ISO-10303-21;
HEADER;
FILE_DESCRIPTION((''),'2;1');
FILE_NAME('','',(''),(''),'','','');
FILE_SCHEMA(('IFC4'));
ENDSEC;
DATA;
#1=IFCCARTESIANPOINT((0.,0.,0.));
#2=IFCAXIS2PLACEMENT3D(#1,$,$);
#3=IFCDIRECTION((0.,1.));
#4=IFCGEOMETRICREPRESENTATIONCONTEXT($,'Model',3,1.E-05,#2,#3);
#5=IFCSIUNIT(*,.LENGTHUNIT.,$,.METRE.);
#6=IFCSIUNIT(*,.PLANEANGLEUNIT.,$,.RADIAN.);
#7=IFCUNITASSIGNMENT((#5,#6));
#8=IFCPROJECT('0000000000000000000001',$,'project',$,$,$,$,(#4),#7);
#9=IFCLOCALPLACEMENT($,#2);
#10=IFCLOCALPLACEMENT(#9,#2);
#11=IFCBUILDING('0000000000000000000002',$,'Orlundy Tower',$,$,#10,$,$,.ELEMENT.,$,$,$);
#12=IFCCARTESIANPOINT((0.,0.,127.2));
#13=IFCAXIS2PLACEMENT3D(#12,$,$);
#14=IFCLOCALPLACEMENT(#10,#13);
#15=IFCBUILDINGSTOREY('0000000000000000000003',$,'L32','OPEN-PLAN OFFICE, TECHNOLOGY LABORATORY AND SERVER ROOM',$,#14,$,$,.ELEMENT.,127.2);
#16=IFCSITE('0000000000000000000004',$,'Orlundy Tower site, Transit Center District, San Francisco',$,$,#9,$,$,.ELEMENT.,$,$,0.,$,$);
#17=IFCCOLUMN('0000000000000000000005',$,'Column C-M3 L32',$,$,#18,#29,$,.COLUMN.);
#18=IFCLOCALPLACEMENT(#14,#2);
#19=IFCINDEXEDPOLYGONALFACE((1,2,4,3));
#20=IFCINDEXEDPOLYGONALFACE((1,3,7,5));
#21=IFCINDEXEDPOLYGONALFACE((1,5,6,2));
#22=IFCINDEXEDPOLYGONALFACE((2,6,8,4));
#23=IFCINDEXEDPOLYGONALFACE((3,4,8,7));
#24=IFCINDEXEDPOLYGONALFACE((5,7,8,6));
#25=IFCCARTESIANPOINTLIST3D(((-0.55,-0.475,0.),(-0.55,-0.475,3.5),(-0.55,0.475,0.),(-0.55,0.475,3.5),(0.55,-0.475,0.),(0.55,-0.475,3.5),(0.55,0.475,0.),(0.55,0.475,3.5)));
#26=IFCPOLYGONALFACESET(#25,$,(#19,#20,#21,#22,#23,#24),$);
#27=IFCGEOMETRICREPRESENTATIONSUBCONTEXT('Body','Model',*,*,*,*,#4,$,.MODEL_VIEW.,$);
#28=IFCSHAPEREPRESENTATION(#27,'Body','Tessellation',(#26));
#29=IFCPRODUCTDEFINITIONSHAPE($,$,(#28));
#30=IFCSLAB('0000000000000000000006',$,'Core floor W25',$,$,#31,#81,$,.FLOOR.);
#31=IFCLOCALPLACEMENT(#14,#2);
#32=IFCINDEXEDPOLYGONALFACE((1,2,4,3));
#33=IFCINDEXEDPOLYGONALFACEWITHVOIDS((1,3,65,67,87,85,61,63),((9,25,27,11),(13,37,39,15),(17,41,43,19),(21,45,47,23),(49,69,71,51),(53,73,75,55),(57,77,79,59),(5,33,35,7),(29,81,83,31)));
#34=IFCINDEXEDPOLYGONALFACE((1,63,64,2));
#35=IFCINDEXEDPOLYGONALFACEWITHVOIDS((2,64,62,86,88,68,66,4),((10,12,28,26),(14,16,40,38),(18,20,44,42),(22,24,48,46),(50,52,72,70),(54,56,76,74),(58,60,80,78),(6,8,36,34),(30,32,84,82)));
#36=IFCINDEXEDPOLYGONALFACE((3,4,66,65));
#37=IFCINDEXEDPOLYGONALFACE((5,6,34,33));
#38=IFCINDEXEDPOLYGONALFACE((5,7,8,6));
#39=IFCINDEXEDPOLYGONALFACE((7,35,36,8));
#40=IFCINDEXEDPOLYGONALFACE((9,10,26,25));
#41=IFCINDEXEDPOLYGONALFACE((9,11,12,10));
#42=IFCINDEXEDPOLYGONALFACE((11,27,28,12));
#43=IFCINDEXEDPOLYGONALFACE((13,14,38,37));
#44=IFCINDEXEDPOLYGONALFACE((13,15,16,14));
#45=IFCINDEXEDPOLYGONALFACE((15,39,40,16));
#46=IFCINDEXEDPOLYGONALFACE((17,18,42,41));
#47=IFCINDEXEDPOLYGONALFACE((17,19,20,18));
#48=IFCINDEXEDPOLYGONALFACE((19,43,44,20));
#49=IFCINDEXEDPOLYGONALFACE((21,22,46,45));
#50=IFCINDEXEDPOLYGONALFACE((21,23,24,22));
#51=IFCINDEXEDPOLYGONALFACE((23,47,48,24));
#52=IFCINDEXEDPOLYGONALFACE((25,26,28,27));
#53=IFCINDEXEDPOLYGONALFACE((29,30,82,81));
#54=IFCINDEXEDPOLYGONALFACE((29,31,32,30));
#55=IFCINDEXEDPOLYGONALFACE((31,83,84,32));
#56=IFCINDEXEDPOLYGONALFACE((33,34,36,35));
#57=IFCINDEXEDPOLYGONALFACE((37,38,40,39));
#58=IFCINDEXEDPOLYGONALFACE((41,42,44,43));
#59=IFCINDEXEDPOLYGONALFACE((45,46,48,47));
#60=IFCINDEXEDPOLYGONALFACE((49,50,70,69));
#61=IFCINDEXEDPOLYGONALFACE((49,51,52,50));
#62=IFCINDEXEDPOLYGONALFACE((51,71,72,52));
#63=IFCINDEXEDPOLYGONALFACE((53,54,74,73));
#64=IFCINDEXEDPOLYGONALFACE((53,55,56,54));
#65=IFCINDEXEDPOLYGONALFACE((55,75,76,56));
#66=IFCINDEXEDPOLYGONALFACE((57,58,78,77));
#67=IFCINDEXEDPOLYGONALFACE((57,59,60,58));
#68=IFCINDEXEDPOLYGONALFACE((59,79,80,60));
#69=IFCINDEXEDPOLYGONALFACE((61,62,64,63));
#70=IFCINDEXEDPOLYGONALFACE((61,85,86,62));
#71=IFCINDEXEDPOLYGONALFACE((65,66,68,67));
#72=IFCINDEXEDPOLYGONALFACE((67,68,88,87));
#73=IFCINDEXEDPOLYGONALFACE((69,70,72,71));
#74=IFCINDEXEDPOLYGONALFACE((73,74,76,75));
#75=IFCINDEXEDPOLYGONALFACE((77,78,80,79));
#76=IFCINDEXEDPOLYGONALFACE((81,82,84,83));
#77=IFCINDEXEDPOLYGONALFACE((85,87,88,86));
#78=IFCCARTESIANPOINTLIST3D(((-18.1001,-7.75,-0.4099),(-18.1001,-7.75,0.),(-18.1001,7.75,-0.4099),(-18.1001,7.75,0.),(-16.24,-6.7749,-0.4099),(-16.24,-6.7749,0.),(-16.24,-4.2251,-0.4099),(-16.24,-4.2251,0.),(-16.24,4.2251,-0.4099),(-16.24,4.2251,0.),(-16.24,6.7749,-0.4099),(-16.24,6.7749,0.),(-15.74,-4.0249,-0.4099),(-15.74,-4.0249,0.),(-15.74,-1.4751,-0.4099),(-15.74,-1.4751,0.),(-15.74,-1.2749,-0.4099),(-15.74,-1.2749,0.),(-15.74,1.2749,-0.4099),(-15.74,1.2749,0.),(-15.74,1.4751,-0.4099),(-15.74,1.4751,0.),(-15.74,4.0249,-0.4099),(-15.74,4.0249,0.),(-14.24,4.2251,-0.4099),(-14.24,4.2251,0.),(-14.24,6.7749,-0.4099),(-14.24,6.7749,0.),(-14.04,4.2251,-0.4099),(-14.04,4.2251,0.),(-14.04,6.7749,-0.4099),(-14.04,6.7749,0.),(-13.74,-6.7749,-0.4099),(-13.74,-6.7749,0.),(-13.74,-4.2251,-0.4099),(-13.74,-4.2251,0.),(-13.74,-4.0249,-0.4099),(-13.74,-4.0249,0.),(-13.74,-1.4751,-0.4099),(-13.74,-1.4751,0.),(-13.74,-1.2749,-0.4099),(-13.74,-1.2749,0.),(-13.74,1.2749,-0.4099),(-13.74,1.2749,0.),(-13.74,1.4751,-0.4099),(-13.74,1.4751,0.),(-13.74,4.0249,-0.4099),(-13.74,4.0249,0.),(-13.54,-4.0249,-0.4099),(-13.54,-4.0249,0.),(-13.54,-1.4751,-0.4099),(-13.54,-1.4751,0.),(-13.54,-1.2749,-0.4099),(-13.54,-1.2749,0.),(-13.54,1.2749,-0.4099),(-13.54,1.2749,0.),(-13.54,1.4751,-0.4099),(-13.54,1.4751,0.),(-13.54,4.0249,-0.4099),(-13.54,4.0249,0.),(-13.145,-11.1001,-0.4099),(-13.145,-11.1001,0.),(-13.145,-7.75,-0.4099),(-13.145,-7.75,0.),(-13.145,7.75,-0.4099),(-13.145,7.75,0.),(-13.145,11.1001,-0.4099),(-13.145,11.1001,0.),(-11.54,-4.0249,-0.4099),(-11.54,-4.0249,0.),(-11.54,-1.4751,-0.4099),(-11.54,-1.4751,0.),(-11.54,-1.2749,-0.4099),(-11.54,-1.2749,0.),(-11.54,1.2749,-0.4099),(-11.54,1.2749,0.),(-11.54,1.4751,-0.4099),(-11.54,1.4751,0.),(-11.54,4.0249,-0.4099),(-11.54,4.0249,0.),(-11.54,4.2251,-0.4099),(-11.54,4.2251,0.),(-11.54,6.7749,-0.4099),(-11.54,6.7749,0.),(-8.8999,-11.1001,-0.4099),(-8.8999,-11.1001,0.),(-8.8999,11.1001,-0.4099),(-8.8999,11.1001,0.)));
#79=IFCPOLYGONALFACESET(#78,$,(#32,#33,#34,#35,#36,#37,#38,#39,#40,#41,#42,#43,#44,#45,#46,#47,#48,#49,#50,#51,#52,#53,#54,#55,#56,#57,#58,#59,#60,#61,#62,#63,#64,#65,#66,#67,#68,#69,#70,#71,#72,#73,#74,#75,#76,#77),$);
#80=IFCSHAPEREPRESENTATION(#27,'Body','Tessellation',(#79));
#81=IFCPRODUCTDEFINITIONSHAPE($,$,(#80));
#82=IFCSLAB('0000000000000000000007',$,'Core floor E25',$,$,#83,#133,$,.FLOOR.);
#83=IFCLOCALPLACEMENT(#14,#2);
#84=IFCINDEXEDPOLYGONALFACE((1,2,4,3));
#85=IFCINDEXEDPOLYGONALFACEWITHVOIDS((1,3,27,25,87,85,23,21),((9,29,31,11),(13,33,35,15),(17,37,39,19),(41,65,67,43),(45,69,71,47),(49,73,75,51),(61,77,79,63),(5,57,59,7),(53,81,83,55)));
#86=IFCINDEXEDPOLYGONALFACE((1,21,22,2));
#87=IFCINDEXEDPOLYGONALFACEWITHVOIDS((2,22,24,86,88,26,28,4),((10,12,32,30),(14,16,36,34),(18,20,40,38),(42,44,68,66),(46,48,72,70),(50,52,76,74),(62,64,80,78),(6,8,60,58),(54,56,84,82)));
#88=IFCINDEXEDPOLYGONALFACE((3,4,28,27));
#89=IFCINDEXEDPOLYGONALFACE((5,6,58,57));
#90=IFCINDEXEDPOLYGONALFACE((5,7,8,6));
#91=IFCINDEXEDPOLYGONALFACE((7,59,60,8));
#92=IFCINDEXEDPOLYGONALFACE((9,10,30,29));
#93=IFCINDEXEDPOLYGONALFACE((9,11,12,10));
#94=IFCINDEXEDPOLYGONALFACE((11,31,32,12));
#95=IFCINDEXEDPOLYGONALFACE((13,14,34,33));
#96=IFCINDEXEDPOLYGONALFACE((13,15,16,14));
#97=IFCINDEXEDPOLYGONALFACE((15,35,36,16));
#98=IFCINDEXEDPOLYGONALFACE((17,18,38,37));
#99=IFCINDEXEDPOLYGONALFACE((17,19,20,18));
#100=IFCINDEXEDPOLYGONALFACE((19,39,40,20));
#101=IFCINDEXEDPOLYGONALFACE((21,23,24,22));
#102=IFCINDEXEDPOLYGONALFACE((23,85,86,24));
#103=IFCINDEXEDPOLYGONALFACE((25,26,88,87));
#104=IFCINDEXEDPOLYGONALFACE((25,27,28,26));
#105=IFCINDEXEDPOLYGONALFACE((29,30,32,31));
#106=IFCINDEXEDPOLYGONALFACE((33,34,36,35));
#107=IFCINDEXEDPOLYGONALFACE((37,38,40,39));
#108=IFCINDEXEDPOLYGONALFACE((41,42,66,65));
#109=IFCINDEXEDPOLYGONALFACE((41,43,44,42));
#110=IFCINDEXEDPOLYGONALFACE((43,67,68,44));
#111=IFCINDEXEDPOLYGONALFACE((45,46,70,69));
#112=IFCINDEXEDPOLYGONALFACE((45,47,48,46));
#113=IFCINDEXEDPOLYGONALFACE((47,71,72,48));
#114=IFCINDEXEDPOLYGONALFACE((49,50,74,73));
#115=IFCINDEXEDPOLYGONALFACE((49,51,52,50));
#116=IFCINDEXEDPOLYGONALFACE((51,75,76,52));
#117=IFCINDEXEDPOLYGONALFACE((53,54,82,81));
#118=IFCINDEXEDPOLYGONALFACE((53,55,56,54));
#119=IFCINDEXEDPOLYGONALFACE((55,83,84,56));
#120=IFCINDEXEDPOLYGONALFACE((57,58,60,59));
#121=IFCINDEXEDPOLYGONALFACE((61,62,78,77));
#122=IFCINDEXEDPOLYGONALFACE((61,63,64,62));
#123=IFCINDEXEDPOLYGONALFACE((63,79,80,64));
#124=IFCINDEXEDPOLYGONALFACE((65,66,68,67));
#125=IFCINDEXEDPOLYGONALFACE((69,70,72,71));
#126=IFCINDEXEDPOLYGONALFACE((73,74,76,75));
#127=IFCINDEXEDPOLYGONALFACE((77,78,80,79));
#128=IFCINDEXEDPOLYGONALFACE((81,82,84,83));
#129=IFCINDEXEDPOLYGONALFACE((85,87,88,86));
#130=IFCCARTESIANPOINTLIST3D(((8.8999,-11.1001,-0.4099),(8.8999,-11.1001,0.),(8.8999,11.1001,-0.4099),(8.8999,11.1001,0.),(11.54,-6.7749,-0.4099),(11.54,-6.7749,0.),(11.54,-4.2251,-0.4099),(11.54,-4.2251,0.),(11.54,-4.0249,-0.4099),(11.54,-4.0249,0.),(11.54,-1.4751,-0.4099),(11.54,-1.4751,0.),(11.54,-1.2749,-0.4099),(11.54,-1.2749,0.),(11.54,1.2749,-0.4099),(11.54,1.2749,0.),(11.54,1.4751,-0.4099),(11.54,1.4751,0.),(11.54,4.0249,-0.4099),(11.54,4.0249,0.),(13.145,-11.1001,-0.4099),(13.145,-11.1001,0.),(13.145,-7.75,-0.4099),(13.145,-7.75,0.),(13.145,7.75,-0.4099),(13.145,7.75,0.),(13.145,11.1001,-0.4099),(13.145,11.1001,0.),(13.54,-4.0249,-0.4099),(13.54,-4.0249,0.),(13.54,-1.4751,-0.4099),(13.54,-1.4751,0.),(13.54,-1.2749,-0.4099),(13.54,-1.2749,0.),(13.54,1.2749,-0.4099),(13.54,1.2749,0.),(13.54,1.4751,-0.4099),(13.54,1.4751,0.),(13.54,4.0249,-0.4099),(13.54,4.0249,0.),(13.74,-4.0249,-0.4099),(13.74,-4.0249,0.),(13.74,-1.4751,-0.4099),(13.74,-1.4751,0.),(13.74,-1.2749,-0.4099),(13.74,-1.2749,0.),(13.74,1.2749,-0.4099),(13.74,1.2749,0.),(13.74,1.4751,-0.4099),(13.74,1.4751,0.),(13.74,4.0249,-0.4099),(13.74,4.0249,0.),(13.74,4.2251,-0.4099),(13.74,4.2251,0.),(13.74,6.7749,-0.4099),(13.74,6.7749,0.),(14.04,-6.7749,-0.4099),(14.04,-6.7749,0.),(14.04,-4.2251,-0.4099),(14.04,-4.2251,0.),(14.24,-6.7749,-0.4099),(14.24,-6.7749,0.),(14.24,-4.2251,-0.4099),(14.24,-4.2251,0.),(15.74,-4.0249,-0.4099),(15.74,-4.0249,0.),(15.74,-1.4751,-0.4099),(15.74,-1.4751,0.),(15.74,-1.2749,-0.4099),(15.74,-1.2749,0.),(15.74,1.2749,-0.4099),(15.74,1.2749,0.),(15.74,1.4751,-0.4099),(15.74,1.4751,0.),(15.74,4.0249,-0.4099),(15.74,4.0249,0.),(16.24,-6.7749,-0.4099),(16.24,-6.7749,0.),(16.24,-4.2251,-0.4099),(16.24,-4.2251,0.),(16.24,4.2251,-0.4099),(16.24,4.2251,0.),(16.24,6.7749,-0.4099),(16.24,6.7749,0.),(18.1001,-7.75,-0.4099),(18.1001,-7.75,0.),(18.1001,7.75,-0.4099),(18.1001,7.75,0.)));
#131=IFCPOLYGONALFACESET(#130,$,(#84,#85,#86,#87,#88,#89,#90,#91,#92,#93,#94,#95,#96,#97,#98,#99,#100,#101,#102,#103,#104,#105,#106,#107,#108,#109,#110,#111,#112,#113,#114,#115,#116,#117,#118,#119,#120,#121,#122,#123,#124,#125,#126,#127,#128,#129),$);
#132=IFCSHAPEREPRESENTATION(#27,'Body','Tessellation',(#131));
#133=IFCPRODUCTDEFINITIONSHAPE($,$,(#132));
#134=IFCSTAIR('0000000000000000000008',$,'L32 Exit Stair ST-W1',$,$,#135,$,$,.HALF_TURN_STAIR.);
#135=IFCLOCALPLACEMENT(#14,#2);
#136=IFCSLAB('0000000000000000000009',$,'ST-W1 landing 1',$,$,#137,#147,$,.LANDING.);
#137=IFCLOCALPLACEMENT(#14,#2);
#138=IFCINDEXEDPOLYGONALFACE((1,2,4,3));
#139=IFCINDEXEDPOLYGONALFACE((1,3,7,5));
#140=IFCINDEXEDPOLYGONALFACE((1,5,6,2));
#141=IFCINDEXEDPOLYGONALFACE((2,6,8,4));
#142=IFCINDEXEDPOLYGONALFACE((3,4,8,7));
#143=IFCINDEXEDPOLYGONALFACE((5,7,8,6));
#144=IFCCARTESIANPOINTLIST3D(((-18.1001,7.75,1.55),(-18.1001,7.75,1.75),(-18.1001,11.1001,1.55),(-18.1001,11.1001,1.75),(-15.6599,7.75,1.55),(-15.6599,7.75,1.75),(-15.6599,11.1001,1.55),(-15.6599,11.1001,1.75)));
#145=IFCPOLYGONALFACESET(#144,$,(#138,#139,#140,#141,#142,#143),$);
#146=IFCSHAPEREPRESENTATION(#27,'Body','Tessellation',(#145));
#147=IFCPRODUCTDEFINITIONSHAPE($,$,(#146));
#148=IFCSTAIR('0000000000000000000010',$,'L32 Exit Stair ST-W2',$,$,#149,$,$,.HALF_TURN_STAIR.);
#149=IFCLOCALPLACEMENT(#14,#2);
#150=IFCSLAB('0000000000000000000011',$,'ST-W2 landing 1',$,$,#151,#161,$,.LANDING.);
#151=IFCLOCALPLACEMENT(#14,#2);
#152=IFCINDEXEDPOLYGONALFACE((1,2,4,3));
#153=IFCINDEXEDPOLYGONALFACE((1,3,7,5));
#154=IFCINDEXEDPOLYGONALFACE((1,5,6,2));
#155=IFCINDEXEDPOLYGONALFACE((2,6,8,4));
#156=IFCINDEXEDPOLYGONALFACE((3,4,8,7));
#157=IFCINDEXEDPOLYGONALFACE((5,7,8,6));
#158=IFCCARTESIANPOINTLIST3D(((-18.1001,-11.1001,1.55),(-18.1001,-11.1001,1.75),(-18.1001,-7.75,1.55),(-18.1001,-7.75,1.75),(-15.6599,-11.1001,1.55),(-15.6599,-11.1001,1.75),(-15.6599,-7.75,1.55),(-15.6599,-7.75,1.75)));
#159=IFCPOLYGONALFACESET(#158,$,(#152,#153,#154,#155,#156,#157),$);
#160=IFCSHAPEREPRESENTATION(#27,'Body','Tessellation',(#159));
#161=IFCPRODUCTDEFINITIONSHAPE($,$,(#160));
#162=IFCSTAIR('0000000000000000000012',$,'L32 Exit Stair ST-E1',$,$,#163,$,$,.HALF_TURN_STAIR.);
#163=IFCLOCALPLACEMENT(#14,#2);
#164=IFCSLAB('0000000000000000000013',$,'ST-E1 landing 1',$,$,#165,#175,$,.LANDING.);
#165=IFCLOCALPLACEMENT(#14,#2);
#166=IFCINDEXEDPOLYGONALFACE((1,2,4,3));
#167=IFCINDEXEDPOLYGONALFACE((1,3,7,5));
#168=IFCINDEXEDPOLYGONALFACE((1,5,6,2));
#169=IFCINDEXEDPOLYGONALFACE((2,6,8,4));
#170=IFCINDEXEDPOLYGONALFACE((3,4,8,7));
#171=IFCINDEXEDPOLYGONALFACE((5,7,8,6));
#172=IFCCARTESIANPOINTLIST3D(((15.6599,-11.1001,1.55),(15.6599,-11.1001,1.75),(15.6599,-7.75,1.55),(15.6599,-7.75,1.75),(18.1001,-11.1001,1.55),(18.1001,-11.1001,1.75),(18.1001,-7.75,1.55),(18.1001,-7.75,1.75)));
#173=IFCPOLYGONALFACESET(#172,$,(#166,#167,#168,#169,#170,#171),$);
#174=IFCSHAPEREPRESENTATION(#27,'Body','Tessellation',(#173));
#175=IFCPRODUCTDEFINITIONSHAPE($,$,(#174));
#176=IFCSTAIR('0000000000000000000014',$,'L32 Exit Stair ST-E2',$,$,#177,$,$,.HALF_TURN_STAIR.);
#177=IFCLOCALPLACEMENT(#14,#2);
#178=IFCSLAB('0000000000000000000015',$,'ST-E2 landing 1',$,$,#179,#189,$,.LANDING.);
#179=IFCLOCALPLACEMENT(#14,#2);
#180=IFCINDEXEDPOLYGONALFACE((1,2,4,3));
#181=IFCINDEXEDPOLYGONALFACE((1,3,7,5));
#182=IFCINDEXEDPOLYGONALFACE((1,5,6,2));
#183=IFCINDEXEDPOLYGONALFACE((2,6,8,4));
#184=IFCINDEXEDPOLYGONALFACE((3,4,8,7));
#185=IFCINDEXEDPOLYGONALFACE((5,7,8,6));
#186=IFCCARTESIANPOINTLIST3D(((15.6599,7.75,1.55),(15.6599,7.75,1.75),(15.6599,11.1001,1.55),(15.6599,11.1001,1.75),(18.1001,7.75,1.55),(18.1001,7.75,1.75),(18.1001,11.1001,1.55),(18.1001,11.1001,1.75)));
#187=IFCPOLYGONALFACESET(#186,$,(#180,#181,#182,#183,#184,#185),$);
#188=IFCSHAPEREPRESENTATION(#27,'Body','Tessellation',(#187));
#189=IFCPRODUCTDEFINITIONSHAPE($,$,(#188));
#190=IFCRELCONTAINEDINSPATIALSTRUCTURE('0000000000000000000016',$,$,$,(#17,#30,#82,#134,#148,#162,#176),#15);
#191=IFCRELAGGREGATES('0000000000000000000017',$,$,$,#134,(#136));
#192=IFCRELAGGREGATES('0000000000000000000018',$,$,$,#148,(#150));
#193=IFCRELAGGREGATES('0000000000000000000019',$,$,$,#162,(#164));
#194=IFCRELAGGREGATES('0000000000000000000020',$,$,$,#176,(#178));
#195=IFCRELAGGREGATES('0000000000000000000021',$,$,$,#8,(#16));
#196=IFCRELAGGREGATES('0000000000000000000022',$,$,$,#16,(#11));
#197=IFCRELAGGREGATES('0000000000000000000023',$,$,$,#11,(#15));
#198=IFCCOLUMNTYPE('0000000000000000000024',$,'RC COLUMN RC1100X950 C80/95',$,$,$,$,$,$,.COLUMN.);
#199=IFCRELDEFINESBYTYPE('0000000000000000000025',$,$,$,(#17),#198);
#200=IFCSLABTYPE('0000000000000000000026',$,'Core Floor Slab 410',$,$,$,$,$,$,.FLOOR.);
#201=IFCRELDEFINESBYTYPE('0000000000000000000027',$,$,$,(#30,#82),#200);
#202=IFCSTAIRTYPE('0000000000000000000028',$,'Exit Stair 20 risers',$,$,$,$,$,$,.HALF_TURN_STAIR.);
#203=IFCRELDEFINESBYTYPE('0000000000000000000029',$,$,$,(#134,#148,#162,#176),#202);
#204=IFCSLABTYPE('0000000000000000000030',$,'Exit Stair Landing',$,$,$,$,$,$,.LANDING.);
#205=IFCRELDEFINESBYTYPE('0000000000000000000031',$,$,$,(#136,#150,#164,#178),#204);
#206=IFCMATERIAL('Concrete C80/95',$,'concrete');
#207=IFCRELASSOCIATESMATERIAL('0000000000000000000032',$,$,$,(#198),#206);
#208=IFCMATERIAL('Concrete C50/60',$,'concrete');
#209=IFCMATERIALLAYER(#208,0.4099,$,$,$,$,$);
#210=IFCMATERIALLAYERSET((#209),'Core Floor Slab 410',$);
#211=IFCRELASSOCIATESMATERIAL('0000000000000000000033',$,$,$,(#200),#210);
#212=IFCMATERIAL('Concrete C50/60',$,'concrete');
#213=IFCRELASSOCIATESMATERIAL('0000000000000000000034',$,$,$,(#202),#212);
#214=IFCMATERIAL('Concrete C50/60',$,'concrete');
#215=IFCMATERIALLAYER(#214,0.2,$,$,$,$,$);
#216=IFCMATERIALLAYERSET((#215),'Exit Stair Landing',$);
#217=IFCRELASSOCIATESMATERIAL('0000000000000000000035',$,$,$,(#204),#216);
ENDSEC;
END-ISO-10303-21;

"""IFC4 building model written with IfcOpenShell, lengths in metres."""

from ifc_helpers import new_model, si_unit, direction, frame, origin, origin_with_axes, origin_2d, place, context, subcontext, project, spatial, polyline, rectangle, outline, extrude, material, layer, layer_set, material_profile, profile_set, type_object, element, aggregate, save


model = new_model("IFC4")

# Units and contexts
model_context = context("Model", 3, precision=1e-05, world=origin(), true_north=direction((0.0, 1.0)))
body_context = subcontext(model_context, "Body", "Model", "MODEL_VIEW")
ifc_project = project(units=[si_unit("LENGTHUNIT", "METRE"), si_unit("PLANEANGLEUNIT", "RADIAN")], contexts=[model_context])

# Site, building, storey
site_placement = place(None, origin())
site = spatial("IfcSite", under=ifc_project, at=site_placement, Name="Orlundy Tower site, Transit Center District, San Francisco", CompositionType="ELEMENT", RefElevation=0.0)
building_placement = place(site_placement, origin())
building = spatial("IfcBuilding", under=site, at=building_placement, Name="Orlundy Tower", CompositionType="ELEMENT")
storey_placement = place(building_placement, frame((0.0, 0.0, 127.2)))
storey = spatial("IfcBuildingStorey", under=building, at=storey_placement, Name="L32", Description="OPEN-PLAN OFFICE, TECHNOLOGY LABORATORY AND SERVER ROOM", CompositionType="ELEMENT", Elevation=127.2)

# Column
ifc_material_1 = material(Name="Concrete C80/95", Category="concrete")
ifc_material_profile = material_profile(ifc_material_1, rectangle(XDim=1.1001, YDim=0.95, at=origin_2d()), Name="RC1100X950")
ifc_profile_set = profile_set([ifc_material_profile], Name="Concrete C80/95")
column_type = type_object("IfcColumnType", Name="RC COLUMN RC1100X950 C80/95", PredefinedType="COLUMN", material=ifc_profile_set)
column_placement = place(storey_placement, origin_with_axes())
element("IfcColumn", 1, at=column_placement, inside=storey, type_object=column_type, Name="Column C-M3 L32", PredefinedType="COLUMN", context=body_context, shape_type="SweptSolid", body=[
    extrude(rectangle(XDim=1.1001, YDim=0.95, at=origin_2d()), origin(), (0.0, 0.0, 1.0), 3.5),
])

# Slabs
ifc_material_2 = material(Name="Concrete C50/60", Category="concrete")
ifc_layer_1 = layer(ifc_material_2, 0.4099)
ifc_layer_set_1 = layer_set([ifc_layer_1], Name="Core Floor Slab 410")
slab_type_1 = type_object("IfcSlabType", Name="Core Floor Slab 410", PredefinedType="FLOOR", material=ifc_layer_set_1)
slab_1_placement = place(storey_placement, frame((0.0, 0.0, -0.4099)))
element("IfcSlab", 2, at=slab_1_placement, inside=storey, type_object=slab_type_1, Name="Core floor W25", PredefinedType="FLOOR", context=body_context, shape_type="SweptSolid", body=[
    extrude(outline(polyline([(-13.145, 7.75), (-13.145, 11.1001), (-8.8999, 11.1001), (-8.8999, -11.1001), (-13.145, -11.1001), (-13.145, -7.75), (-18.1001, -7.75), (-18.1001, 7.75), (-13.145, 7.75)]), holes=[polyline([(-16.24, -6.7749), (-13.74, -6.7749), (-13.74, -4.2251), (-16.24, -4.2251), (-16.24, -6.7749)]), polyline([(-13.54, -1.4751), (-13.54, -4.0249), (-11.54, -4.0249), (-11.54, -1.4751), (-13.54, -1.4751)]), polyline([(-13.74, -1.4751), (-15.74, -1.4751), (-15.74, -4.0249), (-13.74, -4.0249), (-13.74, -1.4751)]), polyline([(-11.54, -1.2749), (-11.54, 1.2749), (-13.54, 1.2749), (-13.54, -1.2749), (-11.54, -1.2749)]), polyline([(-15.74, -1.2749), (-13.74, -1.2749), (-13.74, 1.2749), (-15.74, 1.2749), (-15.74, -1.2749)]), polyline([(-13.54, 4.0249), (-13.54, 1.4751), (-11.54, 1.4751), (-11.54, 4.0249), (-13.54, 4.0249)]), polyline([(-13.74, 4.0249), (-15.74, 4.0249), (-15.74, 1.4751), (-13.74, 1.4751), (-13.74, 4.0249)]), polyline([(-11.54, 4.2251), (-11.54, 6.7749), (-14.04, 6.7749), (-14.04, 4.2251), (-11.54, 4.2251)]), polyline([(-16.24, 4.2251), (-14.24, 4.2251), (-14.24, 6.7749), (-16.24, 6.7749), (-16.24, 4.2251)])]), origin(), (0.0, 0.0, 1.0), 0.4099),
])
slab_2_placement = place(storey_placement, frame((0.0, 0.0, -0.4099)))
element("IfcSlab", 3, at=slab_2_placement, inside=storey, type_object=slab_type_1, Name="Core floor E25", PredefinedType="FLOOR", context=body_context, shape_type="SweptSolid", body=[
    extrude(outline(polyline([(13.145, -7.75), (13.145, -11.1001), (8.8999, -11.1001), (8.8999, 11.1001), (13.145, 11.1001), (13.145, 7.75), (18.1001, 7.75), (18.1001, -7.75), (13.145, -7.75)]), holes=[polyline([(16.24, 6.7749), (13.74, 6.7749), (13.74, 4.2251), (16.24, 4.2251), (16.24, 6.7749)]), polyline([(13.54, 1.4751), (13.54, 4.0249), (11.54, 4.0249), (11.54, 1.4751), (13.54, 1.4751)]), polyline([(13.74, 1.4751), (15.74, 1.4751), (15.74, 4.0249), (13.74, 4.0249), (13.74, 1.4751)]), polyline([(11.54, 1.2749), (11.54, -1.2749), (13.54, -1.2749), (13.54, 1.2749), (11.54, 1.2749)]), polyline([(15.74, 1.2749), (13.74, 1.2749), (13.74, -1.2749), (15.74, -1.2749), (15.74, 1.2749)]), polyline([(13.54, -4.0249), (13.54, -1.4751), (11.54, -1.4751), (11.54, -4.0249), (13.54, -4.0249)]), polyline([(13.74, -4.0249), (15.74, -4.0249), (15.74, -1.4751), (13.74, -1.4751), (13.74, -4.0249)]), polyline([(11.54, -4.2251), (11.54, -6.7749), (14.04, -6.7749), (14.04, -4.2251), (11.54, -4.2251)]), polyline([(16.24, -4.2251), (14.24, -4.2251), (14.24, -6.7749), (16.24, -6.7749), (16.24, -4.2251)])]), origin(), (0.0, 0.0, 1.0), 0.4099),
])

# Stairs, slabs
ifc_material_3 = material(Name="Concrete C50/60", Category="concrete")
stair_type = type_object("IfcStairType", Name="Exit Stair 20 risers", PredefinedType="HALF_TURN_STAIR", material=ifc_material_3)
stair_1_placement = place(storey_placement, origin())
stair_1 = element("IfcStair", 4, at=stair_1_placement, inside=storey, type_object=stair_type, Name="L32 Exit Stair ST-W1", PredefinedType="HALF_TURN_STAIR")
ifc_material_4 = material(Name="Concrete C50/60", Category="concrete")
ifc_layer_2 = layer(ifc_material_4, 0.2)
ifc_layer_set_2 = layer_set([ifc_layer_2], Name="Exit Stair Landing")
slab_type_2 = type_object("IfcSlabType", Name="Exit Stair Landing", PredefinedType="LANDING", material=ifc_layer_set_2)
slab_3_placement = place(storey_placement, frame((0.0, 0.0, 1.55)))
slab_3 = element("IfcSlab", 5, at=slab_3_placement, type_object=slab_type_2, Name="ST-W1 landing 1", PredefinedType="LANDING", context=body_context, shape_type="SweptSolid", body=[
    extrude(outline(polyline([(-15.6599, 11.1001), (-18.1001, 11.1001), (-18.1001, 7.75), (-15.6599, 7.75), (-15.6599, 11.1001)])), origin(), (0.0, 0.0, 1.0), 0.2),
])
aggregate(stair_1, [slab_3])
stair_2_placement = place(storey_placement, origin())
stair_2 = element("IfcStair", 6, at=stair_2_placement, inside=storey, type_object=stair_type, Name="L32 Exit Stair ST-W2", PredefinedType="HALF_TURN_STAIR")
slab_4_placement = place(storey_placement, frame((0.0, 0.0, 1.55)))
slab_4 = element("IfcSlab", 7, at=slab_4_placement, type_object=slab_type_2, Name="ST-W2 landing 1", PredefinedType="LANDING", context=body_context, shape_type="SweptSolid", body=[
    extrude(outline(polyline([(-15.6599, -7.75), (-18.1001, -7.75), (-18.1001, -11.1001), (-15.6599, -11.1001), (-15.6599, -7.75)])), origin(), (0.0, 0.0, 1.0), 0.2),
])
aggregate(stair_2, [slab_4])
stair_3_placement = place(storey_placement, origin())
stair_3 = element("IfcStair", 8, at=stair_3_placement, inside=storey, type_object=stair_type, Name="L32 Exit Stair ST-E1", PredefinedType="HALF_TURN_STAIR")
slab_5_placement = place(storey_placement, frame((0.0, 0.0, 1.55)))
slab_5 = element("IfcSlab", 9, at=slab_5_placement, type_object=slab_type_2, Name="ST-E1 landing 1", PredefinedType="LANDING", context=body_context, shape_type="SweptSolid", body=[
    extrude(outline(polyline([(15.6599, -11.1001), (18.1001, -11.1001), (18.1001, -7.75), (15.6599, -7.75), (15.6599, -11.1001)])), origin(), (0.0, 0.0, 1.0), 0.2),
])
aggregate(stair_3, [slab_5])
stair_4_placement = place(storey_placement, origin())
stair_4 = element("IfcStair", 10, at=stair_4_placement, inside=storey, type_object=stair_type, Name="L32 Exit Stair ST-E2", PredefinedType="HALF_TURN_STAIR")
slab_6_placement = place(storey_placement, frame((0.0, 0.0, 1.55)))
slab_6 = element("IfcSlab", 11, at=slab_6_placement, type_object=slab_type_2, Name="ST-E2 landing 1", PredefinedType="LANDING", context=body_context, shape_type="SweptSolid", body=[
    extrude(outline(polyline([(15.6599, 7.75), (18.1001, 7.75), (18.1001, 11.1001), (15.6599, 11.1001), (15.6599, 7.75)])), origin(), (0.0, 0.0, 1.0), 0.2),
])
aggregate(stair_4, [slab_6])

save(model, "model.ifc")
